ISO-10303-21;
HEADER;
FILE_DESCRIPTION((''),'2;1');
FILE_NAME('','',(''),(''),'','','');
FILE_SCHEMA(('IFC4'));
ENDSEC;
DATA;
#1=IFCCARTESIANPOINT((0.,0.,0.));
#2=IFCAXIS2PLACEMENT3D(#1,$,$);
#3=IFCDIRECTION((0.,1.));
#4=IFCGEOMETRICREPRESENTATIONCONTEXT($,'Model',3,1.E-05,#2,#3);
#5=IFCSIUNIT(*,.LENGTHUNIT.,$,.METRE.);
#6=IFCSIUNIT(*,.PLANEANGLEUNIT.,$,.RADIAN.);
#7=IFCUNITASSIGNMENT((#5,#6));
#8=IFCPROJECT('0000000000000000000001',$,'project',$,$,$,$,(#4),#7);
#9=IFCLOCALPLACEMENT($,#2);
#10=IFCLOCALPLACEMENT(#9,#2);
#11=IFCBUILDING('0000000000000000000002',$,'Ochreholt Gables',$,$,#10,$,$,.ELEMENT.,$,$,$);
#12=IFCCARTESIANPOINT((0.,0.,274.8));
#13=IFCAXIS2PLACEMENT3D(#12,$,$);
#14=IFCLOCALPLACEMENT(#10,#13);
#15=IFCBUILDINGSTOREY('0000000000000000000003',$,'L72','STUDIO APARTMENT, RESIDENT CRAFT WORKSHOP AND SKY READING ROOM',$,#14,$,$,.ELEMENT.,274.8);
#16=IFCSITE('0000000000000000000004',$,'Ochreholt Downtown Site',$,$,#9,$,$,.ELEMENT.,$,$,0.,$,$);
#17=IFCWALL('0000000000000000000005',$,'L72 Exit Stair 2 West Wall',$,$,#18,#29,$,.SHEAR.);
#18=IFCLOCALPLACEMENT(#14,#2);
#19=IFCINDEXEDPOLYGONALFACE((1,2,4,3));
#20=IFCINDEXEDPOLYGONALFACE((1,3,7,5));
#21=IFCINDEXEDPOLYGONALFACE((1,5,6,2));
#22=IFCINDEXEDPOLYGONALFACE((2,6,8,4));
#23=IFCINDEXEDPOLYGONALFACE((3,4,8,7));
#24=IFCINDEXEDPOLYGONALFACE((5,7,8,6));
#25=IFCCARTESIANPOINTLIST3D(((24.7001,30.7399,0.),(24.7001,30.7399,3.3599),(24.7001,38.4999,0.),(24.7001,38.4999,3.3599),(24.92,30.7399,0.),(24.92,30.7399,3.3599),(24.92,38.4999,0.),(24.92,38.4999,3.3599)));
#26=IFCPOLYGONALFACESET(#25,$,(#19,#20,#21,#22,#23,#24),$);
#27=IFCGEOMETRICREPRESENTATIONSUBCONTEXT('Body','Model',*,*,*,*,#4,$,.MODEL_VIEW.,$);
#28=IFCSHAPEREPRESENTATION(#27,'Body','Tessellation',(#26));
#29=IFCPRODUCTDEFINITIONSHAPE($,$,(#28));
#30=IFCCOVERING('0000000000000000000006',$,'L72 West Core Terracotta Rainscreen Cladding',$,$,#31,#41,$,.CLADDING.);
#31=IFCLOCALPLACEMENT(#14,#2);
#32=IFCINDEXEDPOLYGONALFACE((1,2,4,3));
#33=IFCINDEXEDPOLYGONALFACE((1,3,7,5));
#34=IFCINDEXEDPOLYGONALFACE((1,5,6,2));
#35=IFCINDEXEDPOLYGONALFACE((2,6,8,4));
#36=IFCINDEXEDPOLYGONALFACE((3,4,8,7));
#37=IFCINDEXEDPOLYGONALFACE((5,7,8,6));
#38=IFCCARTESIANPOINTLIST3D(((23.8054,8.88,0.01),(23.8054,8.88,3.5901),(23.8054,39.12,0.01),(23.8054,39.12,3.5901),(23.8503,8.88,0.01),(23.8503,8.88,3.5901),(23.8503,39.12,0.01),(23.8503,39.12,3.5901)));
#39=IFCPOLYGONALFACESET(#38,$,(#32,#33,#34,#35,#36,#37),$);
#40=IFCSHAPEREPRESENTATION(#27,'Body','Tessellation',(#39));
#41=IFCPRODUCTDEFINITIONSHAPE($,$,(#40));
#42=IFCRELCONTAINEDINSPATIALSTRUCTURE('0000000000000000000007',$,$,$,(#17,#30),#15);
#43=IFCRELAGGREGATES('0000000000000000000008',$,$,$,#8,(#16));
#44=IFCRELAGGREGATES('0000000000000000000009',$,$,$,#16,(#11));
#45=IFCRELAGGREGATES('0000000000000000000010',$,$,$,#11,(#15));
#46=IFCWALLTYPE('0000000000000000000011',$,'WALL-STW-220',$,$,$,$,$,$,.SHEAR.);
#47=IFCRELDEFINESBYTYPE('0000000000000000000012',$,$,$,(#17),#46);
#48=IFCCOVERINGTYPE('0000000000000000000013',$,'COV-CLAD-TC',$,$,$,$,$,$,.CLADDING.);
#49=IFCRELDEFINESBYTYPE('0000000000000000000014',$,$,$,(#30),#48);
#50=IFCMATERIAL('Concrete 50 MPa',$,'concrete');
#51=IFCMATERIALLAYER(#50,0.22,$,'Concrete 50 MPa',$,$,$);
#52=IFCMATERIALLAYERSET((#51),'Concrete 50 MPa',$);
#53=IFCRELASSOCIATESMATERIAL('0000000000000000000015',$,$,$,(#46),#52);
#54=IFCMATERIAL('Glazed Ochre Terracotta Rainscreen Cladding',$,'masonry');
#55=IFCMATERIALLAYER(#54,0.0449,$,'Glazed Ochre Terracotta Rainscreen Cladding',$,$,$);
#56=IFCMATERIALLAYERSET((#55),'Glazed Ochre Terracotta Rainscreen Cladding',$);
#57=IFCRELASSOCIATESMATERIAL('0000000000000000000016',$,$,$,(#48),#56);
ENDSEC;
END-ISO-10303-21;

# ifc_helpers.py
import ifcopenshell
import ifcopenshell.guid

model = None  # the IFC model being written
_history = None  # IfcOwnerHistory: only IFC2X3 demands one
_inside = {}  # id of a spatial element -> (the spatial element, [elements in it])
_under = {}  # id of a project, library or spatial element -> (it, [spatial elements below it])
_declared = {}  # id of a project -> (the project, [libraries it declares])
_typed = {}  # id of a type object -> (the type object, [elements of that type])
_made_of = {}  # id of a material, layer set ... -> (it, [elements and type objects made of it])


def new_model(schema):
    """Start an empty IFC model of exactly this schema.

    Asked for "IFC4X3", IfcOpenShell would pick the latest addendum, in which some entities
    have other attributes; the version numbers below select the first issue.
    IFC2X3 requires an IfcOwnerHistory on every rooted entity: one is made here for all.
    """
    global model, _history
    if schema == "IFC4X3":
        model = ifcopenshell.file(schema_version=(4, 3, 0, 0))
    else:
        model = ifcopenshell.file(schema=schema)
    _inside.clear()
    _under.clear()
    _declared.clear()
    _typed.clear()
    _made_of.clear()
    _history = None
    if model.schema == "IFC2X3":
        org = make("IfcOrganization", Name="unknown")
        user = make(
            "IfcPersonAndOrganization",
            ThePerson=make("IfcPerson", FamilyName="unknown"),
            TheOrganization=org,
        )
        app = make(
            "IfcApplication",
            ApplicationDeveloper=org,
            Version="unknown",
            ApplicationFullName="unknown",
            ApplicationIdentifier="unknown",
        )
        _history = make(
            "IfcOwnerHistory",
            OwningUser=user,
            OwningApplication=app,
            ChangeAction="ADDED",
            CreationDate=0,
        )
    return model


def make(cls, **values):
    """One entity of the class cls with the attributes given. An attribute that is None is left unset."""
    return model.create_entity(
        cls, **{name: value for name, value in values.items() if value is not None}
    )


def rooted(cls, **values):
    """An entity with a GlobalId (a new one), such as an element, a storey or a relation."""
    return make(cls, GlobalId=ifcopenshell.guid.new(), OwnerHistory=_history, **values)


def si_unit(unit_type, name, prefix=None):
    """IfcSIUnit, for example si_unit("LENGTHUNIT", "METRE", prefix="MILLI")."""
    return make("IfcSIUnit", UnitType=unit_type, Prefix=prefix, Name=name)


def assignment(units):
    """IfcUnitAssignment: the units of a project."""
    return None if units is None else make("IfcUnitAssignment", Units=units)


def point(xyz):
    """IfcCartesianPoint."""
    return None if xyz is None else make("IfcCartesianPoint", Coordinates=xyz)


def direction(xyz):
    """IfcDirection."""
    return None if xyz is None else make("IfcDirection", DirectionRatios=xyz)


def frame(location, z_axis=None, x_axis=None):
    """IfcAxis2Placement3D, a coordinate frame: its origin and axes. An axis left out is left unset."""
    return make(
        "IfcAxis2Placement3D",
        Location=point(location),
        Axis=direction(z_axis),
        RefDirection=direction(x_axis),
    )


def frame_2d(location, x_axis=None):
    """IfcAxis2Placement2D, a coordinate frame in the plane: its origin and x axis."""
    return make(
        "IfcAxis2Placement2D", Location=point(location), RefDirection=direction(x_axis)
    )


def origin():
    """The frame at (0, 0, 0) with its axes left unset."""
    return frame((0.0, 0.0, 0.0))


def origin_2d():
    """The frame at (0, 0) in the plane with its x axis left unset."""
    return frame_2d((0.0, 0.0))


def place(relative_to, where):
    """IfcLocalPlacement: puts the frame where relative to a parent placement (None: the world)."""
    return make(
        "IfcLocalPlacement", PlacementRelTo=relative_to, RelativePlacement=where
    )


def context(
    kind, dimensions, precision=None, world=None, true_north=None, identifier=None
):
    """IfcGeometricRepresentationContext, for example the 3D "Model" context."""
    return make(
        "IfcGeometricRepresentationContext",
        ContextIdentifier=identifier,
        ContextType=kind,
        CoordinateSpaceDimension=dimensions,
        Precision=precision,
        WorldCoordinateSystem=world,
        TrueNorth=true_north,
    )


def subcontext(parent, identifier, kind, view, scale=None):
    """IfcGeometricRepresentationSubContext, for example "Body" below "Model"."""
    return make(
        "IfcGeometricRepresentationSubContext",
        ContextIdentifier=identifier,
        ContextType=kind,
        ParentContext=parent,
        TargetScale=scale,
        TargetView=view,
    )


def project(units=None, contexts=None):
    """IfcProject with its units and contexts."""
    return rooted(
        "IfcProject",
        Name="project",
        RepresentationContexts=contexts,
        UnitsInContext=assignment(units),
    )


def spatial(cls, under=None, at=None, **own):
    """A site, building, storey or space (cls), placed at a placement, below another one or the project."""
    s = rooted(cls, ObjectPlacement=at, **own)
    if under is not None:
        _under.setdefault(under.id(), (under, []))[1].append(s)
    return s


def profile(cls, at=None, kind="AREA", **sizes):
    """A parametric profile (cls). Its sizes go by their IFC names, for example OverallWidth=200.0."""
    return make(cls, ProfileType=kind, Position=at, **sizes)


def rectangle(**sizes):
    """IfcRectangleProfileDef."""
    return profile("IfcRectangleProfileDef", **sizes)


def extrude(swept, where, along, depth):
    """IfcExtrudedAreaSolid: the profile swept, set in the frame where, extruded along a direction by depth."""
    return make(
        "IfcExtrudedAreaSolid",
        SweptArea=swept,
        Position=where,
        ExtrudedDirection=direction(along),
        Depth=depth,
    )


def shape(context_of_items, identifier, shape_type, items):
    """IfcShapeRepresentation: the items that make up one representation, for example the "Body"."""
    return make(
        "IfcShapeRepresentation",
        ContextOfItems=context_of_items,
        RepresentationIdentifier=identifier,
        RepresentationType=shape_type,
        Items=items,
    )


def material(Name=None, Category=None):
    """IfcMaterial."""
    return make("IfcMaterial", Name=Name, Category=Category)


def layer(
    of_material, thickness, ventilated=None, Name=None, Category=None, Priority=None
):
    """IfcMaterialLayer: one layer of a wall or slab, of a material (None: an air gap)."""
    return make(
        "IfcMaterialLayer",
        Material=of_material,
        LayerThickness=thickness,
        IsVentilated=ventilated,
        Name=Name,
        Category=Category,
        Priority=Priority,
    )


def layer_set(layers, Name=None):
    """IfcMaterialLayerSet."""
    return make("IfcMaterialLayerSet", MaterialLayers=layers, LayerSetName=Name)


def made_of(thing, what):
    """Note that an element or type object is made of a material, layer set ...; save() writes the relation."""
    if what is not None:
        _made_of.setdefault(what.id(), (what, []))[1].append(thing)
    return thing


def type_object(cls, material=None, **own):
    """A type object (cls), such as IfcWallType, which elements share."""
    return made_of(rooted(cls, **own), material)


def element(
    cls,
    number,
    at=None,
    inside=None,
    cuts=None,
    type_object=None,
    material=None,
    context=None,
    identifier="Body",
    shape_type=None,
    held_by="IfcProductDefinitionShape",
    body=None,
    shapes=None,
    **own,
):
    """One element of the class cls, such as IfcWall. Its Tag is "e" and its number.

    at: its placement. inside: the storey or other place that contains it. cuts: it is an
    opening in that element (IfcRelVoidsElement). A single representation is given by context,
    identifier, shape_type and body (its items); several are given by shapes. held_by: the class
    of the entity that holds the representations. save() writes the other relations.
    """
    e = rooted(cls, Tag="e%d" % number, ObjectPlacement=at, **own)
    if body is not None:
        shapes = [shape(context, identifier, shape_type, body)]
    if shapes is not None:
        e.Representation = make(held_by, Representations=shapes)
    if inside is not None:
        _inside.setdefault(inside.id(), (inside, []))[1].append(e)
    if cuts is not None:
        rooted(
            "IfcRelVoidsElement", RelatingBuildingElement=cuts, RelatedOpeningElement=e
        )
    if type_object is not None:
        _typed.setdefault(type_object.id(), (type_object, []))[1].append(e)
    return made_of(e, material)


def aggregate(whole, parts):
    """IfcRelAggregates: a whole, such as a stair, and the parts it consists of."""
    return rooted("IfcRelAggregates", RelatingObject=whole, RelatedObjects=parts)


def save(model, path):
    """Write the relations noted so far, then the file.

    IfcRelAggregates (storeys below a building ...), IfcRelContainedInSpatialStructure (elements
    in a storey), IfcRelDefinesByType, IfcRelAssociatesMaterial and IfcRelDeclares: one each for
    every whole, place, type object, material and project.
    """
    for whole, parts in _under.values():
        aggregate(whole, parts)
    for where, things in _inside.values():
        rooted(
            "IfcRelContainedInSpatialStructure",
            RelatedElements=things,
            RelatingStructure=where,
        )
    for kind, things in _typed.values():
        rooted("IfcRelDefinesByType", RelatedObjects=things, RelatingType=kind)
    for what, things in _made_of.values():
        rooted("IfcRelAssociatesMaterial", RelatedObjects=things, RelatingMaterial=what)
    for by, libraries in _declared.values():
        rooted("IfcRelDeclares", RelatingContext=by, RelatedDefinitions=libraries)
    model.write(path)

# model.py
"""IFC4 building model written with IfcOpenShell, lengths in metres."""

from ifc_helpers import new_model, si_unit, direction, frame, frame_2d, origin, origin_2d, place, context, subcontext, project, spatial, rectangle, extrude, material, layer, layer_set, type_object, element, save


model = new_model("IFC4")

# Units and contexts
model_context = context("Model", 3, precision=1e-05, world=origin(), true_north=direction((0.0, 1.0)))
body_context = subcontext(model_context, "Body", "Model", "MODEL_VIEW")
ifc_project = project(units=[si_unit("LENGTHUNIT", "METRE"), si_unit("PLANEANGLEUNIT", "RADIAN")], contexts=[model_context])

# Site, building, storey
site_placement = place(None, origin())
site = spatial("IfcSite", under=ifc_project, at=site_placement, Name="Ochreholt Downtown Site", CompositionType="ELEMENT", RefElevation=0.0)
building_placement = place(site_placement, origin())
building = spatial("IfcBuilding", under=site, at=building_placement, Name="Ochreholt Gables", CompositionType="ELEMENT")
storey_placement = place(building_placement, frame((0.0, 0.0, 274.8)))
storey = spatial("IfcBuildingStorey", under=building, at=storey_placement, Name="L72", Description="STUDIO APARTMENT, RESIDENT CRAFT WORKSHOP AND SKY READING ROOM", CompositionType="ELEMENT", Elevation=274.8)

# Shared definitions
ifc_material_1 = material(Name="Concrete 50 MPa", Category="concrete")

# Wall
ifc_layer_1 = layer(ifc_material_1, 0.22, Name="Concrete 50 MPa")
ifc_layer_set_1 = layer_set([ifc_layer_1], Name="Concrete 50 MPa")
wall_type_1 = type_object("IfcWallType", Name="WALL-STW-220", PredefinedType="SHEAR", material=ifc_layer_set_1)
wall_1_placement = place(storey_placement, frame((24.8101, 30.74, 0.0), z_axis=(0.0, 0.0, 1.0), x_axis=(0.0, 1.0, 0.0)))
element("IfcWall", 1, at=wall_1_placement, inside=storey, type_object=wall_type_1, Name="L72 Exit Stair 2 West Wall", PredefinedType="SHEAR", context=body_context, shape_type="SweptSolid", body=[
    extrude(rectangle(XDim=7.76, YDim=0.22, at=frame_2d((3.8799, 0.0))), origin(), (0.0, 0.0, 1.0), 3.3599),
])

# Covering
ifc_material_2 = material(Name="Glazed Ochre Terracotta Rainscreen Cladding", Category="masonry")
ifc_layer_2 = layer(ifc_material_2, 0.0449, Name="Glazed Ochre Terracotta Rainscreen Cladding")
ifc_layer_set_2 = layer_set([ifc_layer_2], Name="Glazed Ochre Terracotta Rainscreen Cladding")
covering_type = type_object("IfcCoveringType", Name="COV-CLAD-TC", PredefinedType="CLADDING", material=ifc_layer_set_2)
covering_placement = place(storey_placement, frame((23.8279, 24.0, 0.01), z_axis=(0.0, 0.0, 1.0), x_axis=(0.0, 1.0, 0.0)))
element("IfcCovering", 2, at=covering_placement, inside=storey, type_object=covering_type, Name="L72 West Core Terracotta Rainscreen Cladding", PredefinedType="CLADDING", context=body_context, shape_type="SweptSolid", body=[
    extrude(rectangle(XDim=30.24, YDim=0.0449, at=origin_2d()), origin(), (0.0, 0.0, 1.0), 3.5801),
])

save(model, "model.ifc")
